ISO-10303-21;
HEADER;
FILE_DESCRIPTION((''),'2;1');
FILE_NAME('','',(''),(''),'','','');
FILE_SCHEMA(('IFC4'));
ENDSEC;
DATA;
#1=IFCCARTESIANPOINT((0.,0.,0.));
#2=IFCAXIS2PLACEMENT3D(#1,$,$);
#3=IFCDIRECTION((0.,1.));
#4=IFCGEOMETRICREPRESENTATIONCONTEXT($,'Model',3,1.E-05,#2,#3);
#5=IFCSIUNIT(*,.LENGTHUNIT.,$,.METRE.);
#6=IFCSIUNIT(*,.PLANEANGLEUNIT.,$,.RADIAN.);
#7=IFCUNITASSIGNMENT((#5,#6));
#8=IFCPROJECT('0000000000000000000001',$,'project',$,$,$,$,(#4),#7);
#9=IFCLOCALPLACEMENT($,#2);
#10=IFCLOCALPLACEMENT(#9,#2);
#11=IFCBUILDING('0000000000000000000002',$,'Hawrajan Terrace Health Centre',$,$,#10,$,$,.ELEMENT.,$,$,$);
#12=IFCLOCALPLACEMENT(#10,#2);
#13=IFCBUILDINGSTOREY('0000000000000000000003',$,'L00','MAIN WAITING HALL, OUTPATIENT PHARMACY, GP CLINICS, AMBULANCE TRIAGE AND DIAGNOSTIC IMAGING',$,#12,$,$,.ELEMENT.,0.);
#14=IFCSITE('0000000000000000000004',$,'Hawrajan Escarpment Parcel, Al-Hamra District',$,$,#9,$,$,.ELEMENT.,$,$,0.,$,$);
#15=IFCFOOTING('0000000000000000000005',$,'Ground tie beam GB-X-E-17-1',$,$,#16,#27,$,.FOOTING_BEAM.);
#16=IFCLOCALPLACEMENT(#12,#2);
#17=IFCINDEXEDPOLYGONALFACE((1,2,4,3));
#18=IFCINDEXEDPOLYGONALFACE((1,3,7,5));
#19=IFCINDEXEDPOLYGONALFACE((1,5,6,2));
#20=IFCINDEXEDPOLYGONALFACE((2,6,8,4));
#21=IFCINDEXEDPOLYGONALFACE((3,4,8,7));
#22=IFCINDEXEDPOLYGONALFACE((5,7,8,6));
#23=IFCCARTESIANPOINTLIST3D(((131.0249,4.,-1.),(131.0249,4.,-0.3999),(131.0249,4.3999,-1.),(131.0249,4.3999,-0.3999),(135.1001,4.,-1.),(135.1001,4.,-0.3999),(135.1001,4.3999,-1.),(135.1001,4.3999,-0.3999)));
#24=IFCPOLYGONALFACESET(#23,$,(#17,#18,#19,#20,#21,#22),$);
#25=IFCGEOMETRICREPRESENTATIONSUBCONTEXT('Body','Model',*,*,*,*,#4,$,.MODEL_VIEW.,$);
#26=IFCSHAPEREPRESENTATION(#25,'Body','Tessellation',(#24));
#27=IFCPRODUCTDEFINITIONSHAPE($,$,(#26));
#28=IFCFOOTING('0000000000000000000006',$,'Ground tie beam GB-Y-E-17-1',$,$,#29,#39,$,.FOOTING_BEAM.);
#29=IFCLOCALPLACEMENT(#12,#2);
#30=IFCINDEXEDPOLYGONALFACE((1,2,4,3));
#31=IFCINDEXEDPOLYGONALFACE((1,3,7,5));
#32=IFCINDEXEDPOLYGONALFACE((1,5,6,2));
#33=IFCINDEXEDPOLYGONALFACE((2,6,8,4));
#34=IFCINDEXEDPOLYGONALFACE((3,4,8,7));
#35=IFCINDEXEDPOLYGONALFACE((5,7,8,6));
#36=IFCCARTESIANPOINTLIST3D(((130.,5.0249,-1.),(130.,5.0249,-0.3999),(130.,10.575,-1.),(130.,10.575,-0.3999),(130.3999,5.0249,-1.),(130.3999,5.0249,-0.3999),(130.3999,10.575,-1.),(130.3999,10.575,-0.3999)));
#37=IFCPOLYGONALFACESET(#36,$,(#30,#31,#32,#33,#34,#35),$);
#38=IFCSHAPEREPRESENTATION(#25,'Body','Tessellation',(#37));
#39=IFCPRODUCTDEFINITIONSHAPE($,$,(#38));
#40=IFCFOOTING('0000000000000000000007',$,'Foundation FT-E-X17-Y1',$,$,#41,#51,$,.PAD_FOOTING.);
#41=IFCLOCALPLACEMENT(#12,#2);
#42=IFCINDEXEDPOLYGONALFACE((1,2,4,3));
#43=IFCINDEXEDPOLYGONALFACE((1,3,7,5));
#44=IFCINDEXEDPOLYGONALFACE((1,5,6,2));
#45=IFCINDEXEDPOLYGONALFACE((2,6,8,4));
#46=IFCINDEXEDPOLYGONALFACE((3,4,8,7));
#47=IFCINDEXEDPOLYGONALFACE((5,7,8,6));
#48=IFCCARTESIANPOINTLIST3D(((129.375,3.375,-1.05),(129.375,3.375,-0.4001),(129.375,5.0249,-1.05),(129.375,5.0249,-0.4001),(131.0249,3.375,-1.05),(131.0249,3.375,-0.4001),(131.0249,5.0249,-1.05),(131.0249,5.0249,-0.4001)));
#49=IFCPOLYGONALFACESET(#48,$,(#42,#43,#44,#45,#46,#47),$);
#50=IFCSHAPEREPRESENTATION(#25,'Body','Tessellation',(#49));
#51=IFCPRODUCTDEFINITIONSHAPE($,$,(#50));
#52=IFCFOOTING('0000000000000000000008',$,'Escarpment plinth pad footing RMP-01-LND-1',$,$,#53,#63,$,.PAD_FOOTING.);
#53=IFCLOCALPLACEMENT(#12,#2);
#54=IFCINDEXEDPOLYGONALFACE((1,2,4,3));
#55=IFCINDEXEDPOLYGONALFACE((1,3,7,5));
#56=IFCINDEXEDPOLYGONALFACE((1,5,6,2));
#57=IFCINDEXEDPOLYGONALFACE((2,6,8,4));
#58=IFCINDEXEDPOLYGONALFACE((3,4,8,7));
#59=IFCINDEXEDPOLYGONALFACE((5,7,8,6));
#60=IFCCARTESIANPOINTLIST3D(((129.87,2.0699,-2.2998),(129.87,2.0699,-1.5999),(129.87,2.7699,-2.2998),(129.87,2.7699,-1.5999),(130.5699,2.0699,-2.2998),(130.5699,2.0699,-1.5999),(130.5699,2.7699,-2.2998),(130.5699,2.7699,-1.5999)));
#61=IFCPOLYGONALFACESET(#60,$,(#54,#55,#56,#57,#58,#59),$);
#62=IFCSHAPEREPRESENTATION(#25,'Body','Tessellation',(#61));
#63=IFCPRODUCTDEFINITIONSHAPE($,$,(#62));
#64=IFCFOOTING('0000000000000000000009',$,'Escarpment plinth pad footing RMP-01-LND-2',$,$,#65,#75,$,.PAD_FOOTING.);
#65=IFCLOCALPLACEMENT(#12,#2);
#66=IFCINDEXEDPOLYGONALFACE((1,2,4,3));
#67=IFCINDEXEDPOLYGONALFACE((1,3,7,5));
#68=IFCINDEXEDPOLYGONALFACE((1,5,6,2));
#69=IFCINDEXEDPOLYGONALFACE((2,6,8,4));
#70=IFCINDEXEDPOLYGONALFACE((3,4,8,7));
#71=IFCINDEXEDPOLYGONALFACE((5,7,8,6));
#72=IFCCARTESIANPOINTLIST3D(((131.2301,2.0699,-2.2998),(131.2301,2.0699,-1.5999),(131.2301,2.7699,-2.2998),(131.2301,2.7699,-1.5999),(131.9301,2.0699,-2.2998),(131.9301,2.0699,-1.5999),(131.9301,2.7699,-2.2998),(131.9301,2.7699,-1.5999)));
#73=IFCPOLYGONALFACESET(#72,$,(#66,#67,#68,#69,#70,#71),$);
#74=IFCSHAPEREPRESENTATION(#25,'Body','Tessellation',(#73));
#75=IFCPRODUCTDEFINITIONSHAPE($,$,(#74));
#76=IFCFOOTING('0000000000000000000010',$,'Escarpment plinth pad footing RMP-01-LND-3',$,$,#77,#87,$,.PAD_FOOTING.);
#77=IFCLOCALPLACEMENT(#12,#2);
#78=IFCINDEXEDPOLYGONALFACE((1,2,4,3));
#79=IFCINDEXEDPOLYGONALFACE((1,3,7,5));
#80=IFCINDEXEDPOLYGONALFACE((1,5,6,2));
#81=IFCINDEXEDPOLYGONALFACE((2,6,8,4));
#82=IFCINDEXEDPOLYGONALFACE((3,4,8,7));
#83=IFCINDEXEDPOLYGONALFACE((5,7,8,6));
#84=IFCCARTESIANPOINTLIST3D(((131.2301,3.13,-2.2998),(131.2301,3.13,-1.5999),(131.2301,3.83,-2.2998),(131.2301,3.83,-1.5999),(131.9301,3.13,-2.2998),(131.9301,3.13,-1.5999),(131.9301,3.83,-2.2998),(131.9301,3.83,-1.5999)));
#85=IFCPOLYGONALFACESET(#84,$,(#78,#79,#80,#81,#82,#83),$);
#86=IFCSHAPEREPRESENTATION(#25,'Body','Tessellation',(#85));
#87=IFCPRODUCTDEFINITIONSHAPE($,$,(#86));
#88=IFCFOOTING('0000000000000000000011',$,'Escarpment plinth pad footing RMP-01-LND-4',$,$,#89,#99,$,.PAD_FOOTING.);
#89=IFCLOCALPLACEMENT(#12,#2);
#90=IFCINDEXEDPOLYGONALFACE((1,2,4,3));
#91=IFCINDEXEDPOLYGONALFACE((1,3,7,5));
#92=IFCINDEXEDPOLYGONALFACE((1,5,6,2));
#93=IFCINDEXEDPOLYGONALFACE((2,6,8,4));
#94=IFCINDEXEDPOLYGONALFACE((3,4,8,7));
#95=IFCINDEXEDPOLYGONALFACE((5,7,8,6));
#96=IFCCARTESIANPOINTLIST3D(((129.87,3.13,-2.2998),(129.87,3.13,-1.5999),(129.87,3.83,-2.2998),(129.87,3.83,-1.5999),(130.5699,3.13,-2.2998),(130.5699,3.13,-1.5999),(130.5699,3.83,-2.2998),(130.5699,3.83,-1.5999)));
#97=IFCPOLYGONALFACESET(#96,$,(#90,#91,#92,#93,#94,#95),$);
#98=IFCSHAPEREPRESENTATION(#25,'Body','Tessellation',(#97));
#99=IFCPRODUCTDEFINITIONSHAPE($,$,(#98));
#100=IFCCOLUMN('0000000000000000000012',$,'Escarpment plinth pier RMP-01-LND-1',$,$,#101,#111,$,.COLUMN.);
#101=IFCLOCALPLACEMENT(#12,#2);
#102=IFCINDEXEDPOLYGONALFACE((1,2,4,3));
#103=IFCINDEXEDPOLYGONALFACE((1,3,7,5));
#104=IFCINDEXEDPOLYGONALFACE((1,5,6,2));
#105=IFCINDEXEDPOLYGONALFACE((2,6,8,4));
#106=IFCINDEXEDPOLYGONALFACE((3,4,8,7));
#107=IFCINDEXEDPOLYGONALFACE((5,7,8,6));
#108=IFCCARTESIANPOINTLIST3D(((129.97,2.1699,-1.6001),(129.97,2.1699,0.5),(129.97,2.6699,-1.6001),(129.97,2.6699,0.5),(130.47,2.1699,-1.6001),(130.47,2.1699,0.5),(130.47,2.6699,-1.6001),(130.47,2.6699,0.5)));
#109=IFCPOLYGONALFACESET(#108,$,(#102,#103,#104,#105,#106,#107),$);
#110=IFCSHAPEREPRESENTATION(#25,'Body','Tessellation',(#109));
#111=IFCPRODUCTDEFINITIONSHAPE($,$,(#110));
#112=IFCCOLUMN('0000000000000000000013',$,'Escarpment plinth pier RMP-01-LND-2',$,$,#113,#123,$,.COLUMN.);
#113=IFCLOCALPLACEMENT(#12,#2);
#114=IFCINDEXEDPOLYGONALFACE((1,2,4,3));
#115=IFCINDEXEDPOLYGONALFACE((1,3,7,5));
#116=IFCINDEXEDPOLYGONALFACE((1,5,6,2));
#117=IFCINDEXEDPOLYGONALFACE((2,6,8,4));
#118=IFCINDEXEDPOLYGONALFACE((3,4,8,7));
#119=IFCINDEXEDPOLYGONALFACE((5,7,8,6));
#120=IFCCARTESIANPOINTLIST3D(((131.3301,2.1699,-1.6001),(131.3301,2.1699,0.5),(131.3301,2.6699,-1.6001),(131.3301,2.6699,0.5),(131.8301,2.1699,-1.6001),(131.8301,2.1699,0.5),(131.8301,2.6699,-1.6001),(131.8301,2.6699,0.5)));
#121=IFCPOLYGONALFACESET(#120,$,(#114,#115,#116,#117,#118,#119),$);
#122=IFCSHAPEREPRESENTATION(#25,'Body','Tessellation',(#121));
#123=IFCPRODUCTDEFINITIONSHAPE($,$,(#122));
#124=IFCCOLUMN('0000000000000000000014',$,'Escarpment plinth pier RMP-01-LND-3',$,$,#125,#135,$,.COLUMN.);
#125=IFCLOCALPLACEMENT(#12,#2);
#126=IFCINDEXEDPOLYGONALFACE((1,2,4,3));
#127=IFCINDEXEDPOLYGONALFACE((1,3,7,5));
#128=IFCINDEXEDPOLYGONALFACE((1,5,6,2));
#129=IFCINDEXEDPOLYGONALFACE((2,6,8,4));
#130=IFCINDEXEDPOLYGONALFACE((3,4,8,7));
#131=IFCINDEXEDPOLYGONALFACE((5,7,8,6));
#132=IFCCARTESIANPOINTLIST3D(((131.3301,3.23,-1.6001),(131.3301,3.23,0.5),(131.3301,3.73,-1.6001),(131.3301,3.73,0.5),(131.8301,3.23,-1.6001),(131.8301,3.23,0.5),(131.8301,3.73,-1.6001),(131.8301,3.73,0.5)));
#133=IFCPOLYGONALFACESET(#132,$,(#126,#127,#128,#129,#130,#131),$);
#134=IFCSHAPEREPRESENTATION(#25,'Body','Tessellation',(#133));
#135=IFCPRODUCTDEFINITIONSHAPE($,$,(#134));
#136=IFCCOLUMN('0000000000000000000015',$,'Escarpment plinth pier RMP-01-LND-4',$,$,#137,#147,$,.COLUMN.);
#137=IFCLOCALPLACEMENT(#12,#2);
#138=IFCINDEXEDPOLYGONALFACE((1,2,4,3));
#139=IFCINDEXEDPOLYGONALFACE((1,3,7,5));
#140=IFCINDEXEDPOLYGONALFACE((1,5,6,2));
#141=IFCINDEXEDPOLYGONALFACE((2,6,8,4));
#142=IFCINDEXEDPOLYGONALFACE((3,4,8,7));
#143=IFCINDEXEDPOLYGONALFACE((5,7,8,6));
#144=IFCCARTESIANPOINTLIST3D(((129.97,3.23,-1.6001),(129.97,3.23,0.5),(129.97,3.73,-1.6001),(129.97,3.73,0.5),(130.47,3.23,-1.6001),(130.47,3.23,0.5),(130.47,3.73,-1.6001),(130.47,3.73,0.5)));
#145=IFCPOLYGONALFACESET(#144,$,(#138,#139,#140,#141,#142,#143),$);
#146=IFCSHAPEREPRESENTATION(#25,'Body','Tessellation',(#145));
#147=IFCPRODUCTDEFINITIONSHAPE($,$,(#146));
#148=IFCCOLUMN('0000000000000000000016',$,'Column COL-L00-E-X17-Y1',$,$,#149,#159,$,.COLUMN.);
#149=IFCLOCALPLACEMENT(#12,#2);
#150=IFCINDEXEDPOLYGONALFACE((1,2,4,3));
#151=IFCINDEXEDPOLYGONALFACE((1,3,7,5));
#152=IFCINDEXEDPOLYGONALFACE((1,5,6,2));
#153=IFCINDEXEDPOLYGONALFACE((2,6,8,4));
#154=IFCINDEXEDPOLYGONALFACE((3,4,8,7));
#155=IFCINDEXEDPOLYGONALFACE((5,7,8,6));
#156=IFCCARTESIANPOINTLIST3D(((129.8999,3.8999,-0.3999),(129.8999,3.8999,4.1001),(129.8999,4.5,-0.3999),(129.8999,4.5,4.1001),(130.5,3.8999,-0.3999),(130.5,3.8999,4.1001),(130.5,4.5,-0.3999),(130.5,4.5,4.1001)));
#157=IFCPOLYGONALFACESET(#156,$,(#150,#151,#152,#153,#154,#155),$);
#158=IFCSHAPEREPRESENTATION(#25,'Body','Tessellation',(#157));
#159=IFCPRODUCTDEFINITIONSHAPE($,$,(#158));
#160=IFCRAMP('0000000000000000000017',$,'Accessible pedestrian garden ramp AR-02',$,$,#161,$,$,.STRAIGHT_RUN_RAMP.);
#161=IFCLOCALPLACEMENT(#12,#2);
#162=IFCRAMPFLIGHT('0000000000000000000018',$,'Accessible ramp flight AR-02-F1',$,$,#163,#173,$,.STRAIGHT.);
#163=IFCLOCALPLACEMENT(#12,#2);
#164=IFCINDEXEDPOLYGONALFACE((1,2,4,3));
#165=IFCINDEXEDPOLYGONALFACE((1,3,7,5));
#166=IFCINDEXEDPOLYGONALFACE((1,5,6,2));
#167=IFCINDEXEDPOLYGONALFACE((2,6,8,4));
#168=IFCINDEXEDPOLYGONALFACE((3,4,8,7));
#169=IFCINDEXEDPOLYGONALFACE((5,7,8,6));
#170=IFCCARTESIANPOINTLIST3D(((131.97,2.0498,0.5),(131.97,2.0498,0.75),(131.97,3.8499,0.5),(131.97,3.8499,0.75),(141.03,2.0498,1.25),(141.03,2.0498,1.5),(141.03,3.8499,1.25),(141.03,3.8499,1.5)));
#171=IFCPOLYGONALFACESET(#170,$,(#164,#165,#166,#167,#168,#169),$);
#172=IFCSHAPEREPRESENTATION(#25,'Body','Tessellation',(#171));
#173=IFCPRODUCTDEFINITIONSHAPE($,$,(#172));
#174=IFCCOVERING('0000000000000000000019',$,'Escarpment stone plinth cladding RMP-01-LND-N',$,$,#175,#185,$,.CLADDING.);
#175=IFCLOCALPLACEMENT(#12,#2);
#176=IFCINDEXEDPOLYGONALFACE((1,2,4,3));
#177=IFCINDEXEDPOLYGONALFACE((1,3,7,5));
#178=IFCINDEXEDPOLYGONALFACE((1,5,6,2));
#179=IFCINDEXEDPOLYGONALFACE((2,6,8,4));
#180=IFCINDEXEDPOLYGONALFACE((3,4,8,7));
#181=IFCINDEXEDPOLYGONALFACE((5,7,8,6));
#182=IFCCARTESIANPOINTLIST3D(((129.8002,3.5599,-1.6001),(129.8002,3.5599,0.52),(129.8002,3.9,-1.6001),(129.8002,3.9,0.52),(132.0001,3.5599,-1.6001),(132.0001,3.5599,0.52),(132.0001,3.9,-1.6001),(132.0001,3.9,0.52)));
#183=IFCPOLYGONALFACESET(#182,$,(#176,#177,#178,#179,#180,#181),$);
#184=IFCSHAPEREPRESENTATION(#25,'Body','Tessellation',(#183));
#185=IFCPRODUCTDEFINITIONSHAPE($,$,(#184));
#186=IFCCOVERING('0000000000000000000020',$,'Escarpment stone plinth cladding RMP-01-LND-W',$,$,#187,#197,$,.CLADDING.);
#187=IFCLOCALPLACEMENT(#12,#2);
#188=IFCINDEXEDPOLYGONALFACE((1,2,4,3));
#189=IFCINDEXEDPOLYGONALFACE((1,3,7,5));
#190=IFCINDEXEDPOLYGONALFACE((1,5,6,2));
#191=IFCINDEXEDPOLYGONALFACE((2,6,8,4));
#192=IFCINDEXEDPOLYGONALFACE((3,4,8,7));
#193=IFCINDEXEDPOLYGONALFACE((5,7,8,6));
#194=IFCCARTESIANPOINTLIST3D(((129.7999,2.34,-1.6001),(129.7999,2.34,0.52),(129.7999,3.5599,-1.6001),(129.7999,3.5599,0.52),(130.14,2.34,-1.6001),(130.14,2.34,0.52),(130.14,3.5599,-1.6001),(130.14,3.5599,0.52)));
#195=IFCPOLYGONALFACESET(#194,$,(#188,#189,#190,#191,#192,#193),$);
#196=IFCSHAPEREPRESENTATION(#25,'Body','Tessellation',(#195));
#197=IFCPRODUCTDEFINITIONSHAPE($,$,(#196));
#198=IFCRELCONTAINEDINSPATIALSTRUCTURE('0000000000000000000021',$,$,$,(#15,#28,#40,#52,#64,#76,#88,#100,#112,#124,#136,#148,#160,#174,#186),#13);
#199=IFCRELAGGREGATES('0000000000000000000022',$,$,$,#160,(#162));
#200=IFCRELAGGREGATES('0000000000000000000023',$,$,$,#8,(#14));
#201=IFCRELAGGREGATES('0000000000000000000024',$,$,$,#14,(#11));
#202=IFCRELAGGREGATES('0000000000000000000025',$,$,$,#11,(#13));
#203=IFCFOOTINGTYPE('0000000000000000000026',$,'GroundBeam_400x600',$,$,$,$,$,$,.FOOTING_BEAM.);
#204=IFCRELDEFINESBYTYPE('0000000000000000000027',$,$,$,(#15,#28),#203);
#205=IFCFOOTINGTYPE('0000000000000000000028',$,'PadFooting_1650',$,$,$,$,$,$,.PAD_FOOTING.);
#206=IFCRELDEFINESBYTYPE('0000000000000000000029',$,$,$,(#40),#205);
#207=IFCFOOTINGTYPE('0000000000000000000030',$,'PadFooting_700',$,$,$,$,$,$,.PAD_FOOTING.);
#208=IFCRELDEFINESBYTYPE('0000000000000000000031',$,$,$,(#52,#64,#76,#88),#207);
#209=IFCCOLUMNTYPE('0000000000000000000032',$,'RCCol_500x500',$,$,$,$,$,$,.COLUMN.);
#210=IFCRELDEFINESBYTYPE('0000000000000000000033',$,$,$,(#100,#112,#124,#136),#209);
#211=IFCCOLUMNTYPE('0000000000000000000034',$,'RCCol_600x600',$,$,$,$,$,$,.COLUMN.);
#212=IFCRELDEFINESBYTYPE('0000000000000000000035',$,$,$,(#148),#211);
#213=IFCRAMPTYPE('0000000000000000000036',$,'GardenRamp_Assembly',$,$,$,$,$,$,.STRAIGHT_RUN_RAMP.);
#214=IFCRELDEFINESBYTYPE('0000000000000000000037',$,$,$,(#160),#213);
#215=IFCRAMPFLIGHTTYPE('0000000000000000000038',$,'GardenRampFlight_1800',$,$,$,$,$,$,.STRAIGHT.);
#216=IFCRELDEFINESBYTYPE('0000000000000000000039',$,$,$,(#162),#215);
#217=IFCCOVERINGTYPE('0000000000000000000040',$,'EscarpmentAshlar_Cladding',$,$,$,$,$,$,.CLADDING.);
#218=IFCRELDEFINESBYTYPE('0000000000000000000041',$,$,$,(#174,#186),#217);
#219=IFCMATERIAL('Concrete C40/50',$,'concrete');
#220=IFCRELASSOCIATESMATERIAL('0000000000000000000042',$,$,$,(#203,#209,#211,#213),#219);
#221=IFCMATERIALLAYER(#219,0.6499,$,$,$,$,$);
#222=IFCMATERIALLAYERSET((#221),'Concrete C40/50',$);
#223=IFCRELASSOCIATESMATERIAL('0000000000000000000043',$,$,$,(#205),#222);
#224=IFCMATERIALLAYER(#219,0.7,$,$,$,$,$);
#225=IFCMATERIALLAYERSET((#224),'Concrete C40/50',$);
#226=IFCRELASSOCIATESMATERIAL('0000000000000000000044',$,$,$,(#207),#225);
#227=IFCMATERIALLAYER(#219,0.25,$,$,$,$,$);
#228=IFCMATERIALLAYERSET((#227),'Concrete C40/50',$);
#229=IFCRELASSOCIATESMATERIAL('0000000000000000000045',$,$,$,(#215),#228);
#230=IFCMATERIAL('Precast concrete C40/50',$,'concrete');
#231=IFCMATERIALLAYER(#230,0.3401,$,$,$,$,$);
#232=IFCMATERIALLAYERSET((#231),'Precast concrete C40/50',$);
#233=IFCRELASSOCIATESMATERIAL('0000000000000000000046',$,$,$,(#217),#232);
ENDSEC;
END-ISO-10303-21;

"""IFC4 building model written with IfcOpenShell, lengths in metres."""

from ifc_helpers import new_model, si_unit, direction, frame, frame_2d, origin, origin_2d, place, context, subcontext, project, spatial, polyline, rectangle, outline, extrude, material, layer, layer_set, material_profile, profile_set, type_object, element, aggregate, save


model = new_model("IFC4")

# Units and contexts
model_context = context("Model", 3, precision=1e-05, world=origin(), true_north=direction((0.0, 1.0)))
body_context = subcontext(model_context, "Body", "Model", "MODEL_VIEW")
ifc_project = project(units=[si_unit("LENGTHUNIT", "METRE"), si_unit("PLANEANGLEUNIT", "RADIAN")], contexts=[model_context])

# Site, building, storey
site_placement = place(None, origin())
site = spatial("IfcSite", under=ifc_project, at=site_placement, Name="Hawrajan Escarpment Parcel, Al-Hamra District", CompositionType="ELEMENT", RefElevation=0.0)
building_placement = place(site_placement, origin())
building = spatial("IfcBuilding", under=site, at=building_placement, Name="Hawrajan Terrace Health Centre", CompositionType="ELEMENT")
storey_placement = place(building_placement, origin())
storey = spatial("IfcBuildingStorey", under=building, at=storey_placement, Name="L00", Description="MAIN WAITING HALL, OUTPATIENT PHARMACY, GP CLINICS, AMBULANCE TRIAGE AND DIAGNOSTIC IMAGING", CompositionType="ELEMENT", Elevation=0.0)

# Footings
ifc_material_1 = material(Name="Concrete C40/50", Category="concrete")
ifc_material_profile_1 = material_profile(ifc_material_1, rectangle(XDim=0.3999, YDim=0.6001, at=origin_2d()), Name="RC BM 400x600")
ifc_profile_set_1 = profile_set([ifc_material_profile_1], Name="Concrete C40/50")
footing_type_1 = type_object("IfcFootingType", Name="GroundBeam_400x600", PredefinedType="FOOTING_BEAM", material=ifc_profile_set_1)
footing_1_placement = place(storey_placement, frame((131.0249, 4.2, -0.7), z_axis=(1.0, 0.0, 0.0), x_axis=(0.0, 1.0, 0.0)))
element("IfcFooting", 1, at=footing_1_placement, inside=storey, type_object=footing_type_1, Name="Ground tie beam GB-X-E-17-1", PredefinedType="FOOTING_BEAM", context=body_context, shape_type="SweptSolid", body=[
    extrude(rectangle(XDim=0.3999, YDim=0.6001, at=origin_2d()), origin(), (0.0, 0.0, 1.0), 4.0752),
])
footing_2_placement = place(storey_placement, frame((130.2, 5.0249, -0.7), z_axis=(0.0, 1.0, 0.0), x_axis=(-1.0, 0.0, 0.0)))
element("IfcFooting", 2, at=footing_2_placement, inside=storey, type_object=footing_type_1, Name="Ground tie beam GB-Y-E-17-1", PredefinedType="FOOTING_BEAM", context=body_context, shape_type="SweptSolid", body=[
    extrude(rectangle(XDim=0.3999, YDim=0.6001, at=origin_2d()), origin(), (0.0, 0.0, 1.0), 5.55),
])
ifc_layer_1 = layer(ifc_material_1, 0.6499)
ifc_layer_set_1 = layer_set([ifc_layer_1], Name="Concrete C40/50")
footing_type_2 = type_object("IfcFootingType", Name="PadFooting_1650", PredefinedType="PAD_FOOTING", material=ifc_layer_set_1)
footing_3_placement = place(storey_placement, frame((130.2, 4.2, -1.05), z_axis=(0.0, 0.0, 1.0), x_axis=(1.0, 0.0, 0.0)))
element("IfcFooting", 3, at=footing_3_placement, inside=storey, type_object=footing_type_2, Name="Foundation FT-E-X17-Y1", PredefinedType="PAD_FOOTING", context=body_context, shape_type="SweptSolid", body=[
    extrude(rectangle(XDim=1.6499, YDim=1.6499, at=origin_2d()), origin(), (0.0, 0.0, 1.0), 0.6499),
])
ifc_layer_2 = layer(ifc_material_1, 0.7)
ifc_layer_set_2 = layer_set([ifc_layer_2], Name="Concrete C40/50")
footing_type_3 = type_object("IfcFootingType", Name="PadFooting_700", PredefinedType="PAD_FOOTING", material=ifc_layer_set_2)
for number, where, z_axis, x_axis, name in (
    (4, (130.22, 2.4199, -2.2998), (0.0, 0.0, 1.0), (1.0, 0.0, 0.0), "Escarpment plinth pad footing RMP-01-LND-1"),
    (5, (131.5801, 2.4199, -2.2998), (0.0, 0.0, 1.0), (1.0, 0.0, 0.0), "Escarpment plinth pad footing RMP-01-LND-2"),
    (6, (131.5801, 3.48, -2.2998), (0.0, 0.0, 1.0), (1.0, 0.0, 0.0), "Escarpment plinth pad footing RMP-01-LND-3"),
    (7, (130.22, 3.48, -2.2998), (0.0, 0.0, 1.0), (1.0, 0.0, 0.0), "Escarpment plinth pad footing RMP-01-LND-4"),
):
    element("IfcFooting", number, at=place(storey_placement, frame(where, z_axis=z_axis, x_axis=x_axis)), inside=storey, type_object=footing_type_3, Name=name, PredefinedType="PAD_FOOTING", context=body_context, shape_type="SweptSolid", body=[
        extrude(rectangle(XDim=0.7, YDim=0.7, at=origin_2d()), origin(), (0.0, 0.0, 1.0), 0.7),
    ])

# Columns
ifc_material_profile_2 = material_profile(ifc_material_1, rectangle(XDim=0.5, YDim=0.5, at=origin_2d()), Name="RC 500x500")
ifc_profile_set_2 = profile_set([ifc_material_profile_2], Name="Concrete C40/50")
column_type_1 = type_object("IfcColumnType", Name="RCCol_500x500", PredefinedType="COLUMN", material=ifc_profile_set_2)
for number, where, z_axis, x_axis, name in (
    (8, (130.22, 2.4199, -1.6001), (0.0, 0.0, 1.0), (1.0, 0.0, 0.0), "Escarpment plinth pier RMP-01-LND-1"),
    (9, (131.5801, 2.4199, -1.6001), (0.0, 0.0, 1.0), (1.0, 0.0, 0.0), "Escarpment plinth pier RMP-01-LND-2"),
    (10, (131.5801, 3.48, -1.6001), (0.0, 0.0, 1.0), (1.0, 0.0, 0.0), "Escarpment plinth pier RMP-01-LND-3"),
    (11, (130.22, 3.48, -1.6001), (0.0, 0.0, 1.0), (1.0, 0.0, 0.0), "Escarpment plinth pier RMP-01-LND-4"),
):
    element("IfcColumn", number, at=place(storey_placement, frame(where, z_axis=z_axis, x_axis=x_axis)), inside=storey, type_object=column_type_1, Name=name, PredefinedType="COLUMN", context=body_context, shape_type="SweptSolid", body=[
        extrude(rectangle(XDim=0.5, YDim=0.5, at=origin_2d()), origin(), (0.0, 0.0, 1.0), 2.1001),
    ])
ifc_material_profile_3 = material_profile(ifc_material_1, rectangle(XDim=0.6001, YDim=0.6001, at=origin_2d()), Name="RC 600x600")
ifc_profile_set_3 = profile_set([ifc_material_profile_3], Name="Concrete C40/50")
column_type_2 = type_object("IfcColumnType", Name="RCCol_600x600", PredefinedType="COLUMN", material=ifc_profile_set_3)
column_placement = place(storey_placement, frame((130.2, 4.2, -0.3999), z_axis=(0.0, 0.0, 1.0), x_axis=(1.0, 0.0, 0.0)))
element("IfcColumn", 12, at=column_placement, inside=storey, type_object=column_type_2, Name="Column COL-L00-E-X17-Y1", PredefinedType="COLUMN", context=body_context, shape_type="SweptSolid", body=[
    extrude(rectangle(XDim=0.6001, YDim=0.6001, at=origin_2d()), origin(), (0.0, 0.0, 1.0), 4.5),
])

# Ramp, ramp flight
ramp_type = type_object("IfcRampType", Name="GardenRamp_Assembly", PredefinedType="STRAIGHT_RUN_RAMP", material=ifc_material_1)
ramp_placement = place(storey_placement, origin())
ramp = element("IfcRamp", 13, at=ramp_placement, inside=storey, type_object=ramp_type, Name="Accessible pedestrian garden ramp AR-02", PredefinedType="STRAIGHT_RUN_RAMP")
ifc_layer_3 = layer(ifc_material_1, 0.25)
ifc_layer_set_3 = layer_set([ifc_layer_3], Name="Concrete C40/50")
ramp_flight_type = type_object("IfcRampFlightType", Name="GardenRampFlight_1800", PredefinedType="STRAIGHT", material=ifc_layer_set_3)
ramp_flight_placement = place(storey_placement, frame((131.97, 2.95, 0.75), z_axis=(0.0, 0.0, 1.0), x_axis=(1.0, 0.0, 0.0)))
ramp_flight = element("IfcRampFlight", 14, at=ramp_flight_placement, type_object=ramp_flight_type, Name="Accessible ramp flight AR-02-F1", PredefinedType="STRAIGHT", context=body_context, shape_type="SweptSolid", body=[
    extrude(outline(polyline([(0.0, 0.0), (0.0, -0.25), (9.0601, 0.5), (9.0601, 0.75), (0.0, 0.0)])), frame((0.0, 0.8999, 0.0), z_axis=(0.0, -1.0, 0.0), x_axis=(1.0, 0.0, 0.0)), (0.0, 0.0, 1.0), 1.8),
])
aggregate(ramp, [ramp_flight])

# Coverings
ifc_material_2 = material(Name="Precast concrete C40/50", Category="concrete")
ifc_layer_4 = layer(ifc_material_2, 0.3401)
ifc_layer_set_4 = layer_set([ifc_layer_4], Name="Precast concrete C40/50")
covering_type = type_object("IfcCoveringType", Name="EscarpmentAshlar_Cladding", PredefinedType="CLADDING", material=ifc_layer_set_4)
covering_1_placement = place(storey_placement, frame((129.8, 3.73, -1.6001), z_axis=(0.0, 0.0, 1.0), x_axis=(1.0, 0.0, 0.0)))
element("IfcCovering", 15, at=covering_1_placement, inside=storey, type_object=covering_type, Name="Escarpment stone plinth cladding RMP-01-LND-N", PredefinedType="CLADDING", context=body_context, shape_type="SweptSolid", body=[
    extrude(rectangle(XDim=2.2, YDim=0.3401, at=frame_2d((1.1001, 0.0))), origin(), (0.0, 0.0, 1.0), 2.1201),
])
for number, where, z_axis, x_axis, name in (
    (16, (129.97, 2.3401, -1.6001), (0.0, 0.0, 1.0), (0.0, 1.0, 0.0), "Escarpment stone plinth cladding RMP-01-LND-W"),
):
    element("IfcCovering", number, at=place(storey_placement, frame(where, z_axis=z_axis, x_axis=x_axis)), inside=storey, type_object=covering_type, Name=name, PredefinedType="CLADDING", context=body_context, shape_type="SweptSolid", body=[
        extrude(rectangle(XDim=1.22, YDim=0.3401, at=frame_2d((0.6099, 0.0))), origin(), (0.0, 0.0, 1.0), 2.1201),
    ])

save(model, "model.ifc")
